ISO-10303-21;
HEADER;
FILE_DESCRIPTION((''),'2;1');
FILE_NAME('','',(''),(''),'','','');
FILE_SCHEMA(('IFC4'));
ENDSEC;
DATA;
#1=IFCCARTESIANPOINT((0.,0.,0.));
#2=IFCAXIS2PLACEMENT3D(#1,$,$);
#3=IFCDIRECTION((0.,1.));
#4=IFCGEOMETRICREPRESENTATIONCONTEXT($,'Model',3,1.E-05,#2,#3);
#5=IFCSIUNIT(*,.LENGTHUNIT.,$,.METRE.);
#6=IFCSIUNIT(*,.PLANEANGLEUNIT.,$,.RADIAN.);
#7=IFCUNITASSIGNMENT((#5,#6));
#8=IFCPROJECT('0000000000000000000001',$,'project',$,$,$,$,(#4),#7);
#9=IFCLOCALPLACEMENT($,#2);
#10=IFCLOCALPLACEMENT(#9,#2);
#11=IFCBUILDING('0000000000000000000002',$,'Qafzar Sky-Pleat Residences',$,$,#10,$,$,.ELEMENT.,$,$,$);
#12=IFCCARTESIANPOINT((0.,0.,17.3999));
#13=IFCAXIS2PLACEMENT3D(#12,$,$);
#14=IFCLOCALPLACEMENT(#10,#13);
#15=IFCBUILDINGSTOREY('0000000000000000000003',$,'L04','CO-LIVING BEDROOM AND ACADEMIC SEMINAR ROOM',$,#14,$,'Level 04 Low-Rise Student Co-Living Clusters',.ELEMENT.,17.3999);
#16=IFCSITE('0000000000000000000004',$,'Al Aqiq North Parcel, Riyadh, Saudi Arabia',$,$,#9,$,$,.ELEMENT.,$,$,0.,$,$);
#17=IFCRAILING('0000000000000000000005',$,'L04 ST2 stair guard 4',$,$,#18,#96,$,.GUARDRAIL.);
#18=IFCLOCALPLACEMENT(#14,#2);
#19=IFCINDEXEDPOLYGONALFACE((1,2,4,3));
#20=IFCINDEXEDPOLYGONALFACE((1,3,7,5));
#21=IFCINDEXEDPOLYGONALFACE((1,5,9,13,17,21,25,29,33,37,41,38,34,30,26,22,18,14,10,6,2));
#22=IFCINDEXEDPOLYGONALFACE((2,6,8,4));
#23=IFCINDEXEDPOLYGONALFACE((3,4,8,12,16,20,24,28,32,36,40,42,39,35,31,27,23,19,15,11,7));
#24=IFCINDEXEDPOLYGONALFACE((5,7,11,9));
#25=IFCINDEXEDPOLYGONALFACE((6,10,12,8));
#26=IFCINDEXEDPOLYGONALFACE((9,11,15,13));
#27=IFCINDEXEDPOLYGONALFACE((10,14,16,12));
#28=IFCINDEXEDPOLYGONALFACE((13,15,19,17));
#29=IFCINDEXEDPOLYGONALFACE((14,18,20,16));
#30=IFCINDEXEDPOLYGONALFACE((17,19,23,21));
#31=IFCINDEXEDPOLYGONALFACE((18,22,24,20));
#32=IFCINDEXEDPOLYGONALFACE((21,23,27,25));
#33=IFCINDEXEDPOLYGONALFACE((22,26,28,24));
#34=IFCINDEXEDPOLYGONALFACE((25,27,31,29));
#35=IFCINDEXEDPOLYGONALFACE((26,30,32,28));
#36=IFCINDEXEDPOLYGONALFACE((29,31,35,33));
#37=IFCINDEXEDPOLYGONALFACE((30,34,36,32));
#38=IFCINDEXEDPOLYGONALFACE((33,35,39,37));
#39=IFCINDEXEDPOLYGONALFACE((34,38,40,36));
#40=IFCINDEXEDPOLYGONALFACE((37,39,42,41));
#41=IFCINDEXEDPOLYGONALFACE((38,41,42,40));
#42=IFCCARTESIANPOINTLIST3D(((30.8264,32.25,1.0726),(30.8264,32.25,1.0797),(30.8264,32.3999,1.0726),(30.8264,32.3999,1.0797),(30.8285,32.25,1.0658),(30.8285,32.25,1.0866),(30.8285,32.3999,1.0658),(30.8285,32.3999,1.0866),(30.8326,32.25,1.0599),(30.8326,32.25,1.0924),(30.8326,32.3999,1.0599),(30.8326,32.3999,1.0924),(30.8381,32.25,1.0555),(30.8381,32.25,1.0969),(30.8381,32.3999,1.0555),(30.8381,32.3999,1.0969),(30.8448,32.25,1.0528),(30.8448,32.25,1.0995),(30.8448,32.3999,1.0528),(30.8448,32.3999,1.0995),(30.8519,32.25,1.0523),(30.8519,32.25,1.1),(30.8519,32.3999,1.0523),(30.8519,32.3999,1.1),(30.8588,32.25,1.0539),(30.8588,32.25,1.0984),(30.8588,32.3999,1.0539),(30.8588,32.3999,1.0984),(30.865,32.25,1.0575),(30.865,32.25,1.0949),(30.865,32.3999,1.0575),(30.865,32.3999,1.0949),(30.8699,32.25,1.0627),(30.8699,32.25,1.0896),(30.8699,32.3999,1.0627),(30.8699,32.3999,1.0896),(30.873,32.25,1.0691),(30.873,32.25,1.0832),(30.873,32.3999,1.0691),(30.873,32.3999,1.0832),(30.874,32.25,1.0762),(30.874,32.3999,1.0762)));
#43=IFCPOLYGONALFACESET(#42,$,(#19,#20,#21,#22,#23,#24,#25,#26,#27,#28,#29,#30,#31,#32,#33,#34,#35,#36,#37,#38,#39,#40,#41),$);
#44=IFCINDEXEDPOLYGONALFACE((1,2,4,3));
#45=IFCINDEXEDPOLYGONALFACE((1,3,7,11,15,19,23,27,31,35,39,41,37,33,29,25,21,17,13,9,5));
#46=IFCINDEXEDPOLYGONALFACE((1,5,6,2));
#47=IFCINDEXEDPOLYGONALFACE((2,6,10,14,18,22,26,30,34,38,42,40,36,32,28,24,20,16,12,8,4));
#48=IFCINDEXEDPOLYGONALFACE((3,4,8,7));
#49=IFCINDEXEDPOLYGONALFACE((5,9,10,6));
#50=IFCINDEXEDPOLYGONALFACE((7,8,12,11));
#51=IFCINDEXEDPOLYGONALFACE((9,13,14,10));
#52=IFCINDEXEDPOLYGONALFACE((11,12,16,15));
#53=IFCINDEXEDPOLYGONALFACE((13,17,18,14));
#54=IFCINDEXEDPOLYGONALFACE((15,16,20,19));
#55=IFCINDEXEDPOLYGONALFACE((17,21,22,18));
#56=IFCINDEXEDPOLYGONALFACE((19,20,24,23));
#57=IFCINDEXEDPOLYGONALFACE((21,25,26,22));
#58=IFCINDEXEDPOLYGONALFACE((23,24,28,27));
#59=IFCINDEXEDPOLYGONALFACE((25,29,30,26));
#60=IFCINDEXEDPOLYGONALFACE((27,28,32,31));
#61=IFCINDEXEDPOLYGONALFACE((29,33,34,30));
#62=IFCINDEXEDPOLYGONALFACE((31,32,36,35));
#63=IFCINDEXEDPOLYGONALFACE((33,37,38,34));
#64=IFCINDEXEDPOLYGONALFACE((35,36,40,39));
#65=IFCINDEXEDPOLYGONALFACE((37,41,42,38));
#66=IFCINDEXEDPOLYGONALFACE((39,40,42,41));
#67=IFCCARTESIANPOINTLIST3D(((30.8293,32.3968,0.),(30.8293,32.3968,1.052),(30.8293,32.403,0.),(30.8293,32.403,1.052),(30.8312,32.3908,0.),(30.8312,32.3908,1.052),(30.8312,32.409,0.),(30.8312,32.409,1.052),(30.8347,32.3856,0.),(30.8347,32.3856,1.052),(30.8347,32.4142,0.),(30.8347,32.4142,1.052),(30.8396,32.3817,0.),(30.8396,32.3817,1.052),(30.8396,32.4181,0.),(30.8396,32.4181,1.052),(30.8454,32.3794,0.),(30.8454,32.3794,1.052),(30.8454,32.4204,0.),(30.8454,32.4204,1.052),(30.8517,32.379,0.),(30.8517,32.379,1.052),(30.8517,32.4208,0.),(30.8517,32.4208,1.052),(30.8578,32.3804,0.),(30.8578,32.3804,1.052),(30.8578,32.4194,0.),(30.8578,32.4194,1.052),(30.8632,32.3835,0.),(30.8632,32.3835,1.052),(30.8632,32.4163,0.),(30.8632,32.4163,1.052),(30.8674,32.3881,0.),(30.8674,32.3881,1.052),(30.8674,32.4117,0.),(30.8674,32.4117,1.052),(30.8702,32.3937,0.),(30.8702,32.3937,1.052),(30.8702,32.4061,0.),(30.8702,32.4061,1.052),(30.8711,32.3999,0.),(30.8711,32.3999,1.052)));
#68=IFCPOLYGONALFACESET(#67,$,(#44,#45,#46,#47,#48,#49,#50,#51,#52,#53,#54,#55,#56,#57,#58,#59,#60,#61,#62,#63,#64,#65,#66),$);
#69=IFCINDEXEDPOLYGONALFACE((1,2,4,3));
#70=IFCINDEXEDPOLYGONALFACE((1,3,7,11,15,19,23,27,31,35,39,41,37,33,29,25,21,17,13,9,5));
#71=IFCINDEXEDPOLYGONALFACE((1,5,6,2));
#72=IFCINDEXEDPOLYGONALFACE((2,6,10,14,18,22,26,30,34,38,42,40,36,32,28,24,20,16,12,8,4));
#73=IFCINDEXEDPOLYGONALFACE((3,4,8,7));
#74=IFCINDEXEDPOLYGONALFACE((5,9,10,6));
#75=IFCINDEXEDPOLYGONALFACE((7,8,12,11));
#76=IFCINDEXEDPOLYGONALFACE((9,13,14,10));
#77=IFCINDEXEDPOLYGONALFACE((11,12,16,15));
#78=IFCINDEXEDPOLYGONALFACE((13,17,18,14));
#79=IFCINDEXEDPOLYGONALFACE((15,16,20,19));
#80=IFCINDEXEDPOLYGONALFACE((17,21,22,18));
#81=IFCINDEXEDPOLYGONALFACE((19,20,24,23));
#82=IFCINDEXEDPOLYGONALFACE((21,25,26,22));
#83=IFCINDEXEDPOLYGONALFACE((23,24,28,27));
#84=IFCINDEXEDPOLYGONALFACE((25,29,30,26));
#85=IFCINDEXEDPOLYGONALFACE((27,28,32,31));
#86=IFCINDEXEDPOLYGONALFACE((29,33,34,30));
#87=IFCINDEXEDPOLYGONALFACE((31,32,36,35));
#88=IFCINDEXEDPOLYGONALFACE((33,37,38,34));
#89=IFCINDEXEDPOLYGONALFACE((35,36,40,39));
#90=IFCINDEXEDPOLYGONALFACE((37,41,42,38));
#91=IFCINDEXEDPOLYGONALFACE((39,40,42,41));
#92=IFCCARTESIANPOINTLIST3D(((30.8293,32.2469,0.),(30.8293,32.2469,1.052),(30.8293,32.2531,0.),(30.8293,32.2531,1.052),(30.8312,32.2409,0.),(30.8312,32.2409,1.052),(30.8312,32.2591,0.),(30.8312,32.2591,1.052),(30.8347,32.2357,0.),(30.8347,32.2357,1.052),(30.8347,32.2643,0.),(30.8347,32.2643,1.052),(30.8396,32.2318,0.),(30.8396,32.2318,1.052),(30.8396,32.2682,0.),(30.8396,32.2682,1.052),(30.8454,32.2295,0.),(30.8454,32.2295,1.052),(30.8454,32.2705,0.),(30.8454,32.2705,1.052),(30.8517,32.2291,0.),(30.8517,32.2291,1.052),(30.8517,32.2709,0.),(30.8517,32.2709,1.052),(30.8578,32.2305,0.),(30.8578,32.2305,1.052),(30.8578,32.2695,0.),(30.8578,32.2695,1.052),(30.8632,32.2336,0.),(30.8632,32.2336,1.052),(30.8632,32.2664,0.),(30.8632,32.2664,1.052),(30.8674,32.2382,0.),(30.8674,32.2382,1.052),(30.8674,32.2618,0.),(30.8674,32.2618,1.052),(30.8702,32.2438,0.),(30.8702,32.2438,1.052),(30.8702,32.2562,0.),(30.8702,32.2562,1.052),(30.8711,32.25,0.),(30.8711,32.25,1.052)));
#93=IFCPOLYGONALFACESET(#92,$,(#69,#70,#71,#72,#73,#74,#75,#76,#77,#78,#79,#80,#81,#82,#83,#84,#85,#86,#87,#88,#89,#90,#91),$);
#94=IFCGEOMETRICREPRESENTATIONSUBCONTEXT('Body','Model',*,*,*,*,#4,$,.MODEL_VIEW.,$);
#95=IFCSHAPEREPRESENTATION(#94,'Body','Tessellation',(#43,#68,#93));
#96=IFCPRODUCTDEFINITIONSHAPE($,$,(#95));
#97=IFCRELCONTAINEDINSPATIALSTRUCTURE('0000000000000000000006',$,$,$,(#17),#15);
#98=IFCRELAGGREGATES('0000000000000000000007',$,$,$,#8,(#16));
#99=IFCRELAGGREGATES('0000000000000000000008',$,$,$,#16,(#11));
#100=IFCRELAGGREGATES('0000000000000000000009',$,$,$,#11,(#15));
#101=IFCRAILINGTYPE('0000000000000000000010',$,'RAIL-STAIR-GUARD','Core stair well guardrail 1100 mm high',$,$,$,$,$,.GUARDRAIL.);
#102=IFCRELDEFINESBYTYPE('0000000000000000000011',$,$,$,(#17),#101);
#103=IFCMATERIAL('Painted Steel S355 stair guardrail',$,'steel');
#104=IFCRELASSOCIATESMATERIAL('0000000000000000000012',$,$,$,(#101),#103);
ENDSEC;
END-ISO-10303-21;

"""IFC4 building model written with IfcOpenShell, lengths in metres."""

from ifc_helpers import new_model, si_unit, direction, frame, origin, origin_2d, place, context, subcontext, project, spatial, circle, extrude, source, transform, mapped, material, type_object, element, save


model = new_model("IFC4")

# Units and contexts
model_context = context("Model", 3, precision=1e-05, world=origin(), true_north=direction((0.0, 1.0)))
body_context = subcontext(model_context, "Body", "Model", "MODEL_VIEW")
ifc_project = project(units=[si_unit("LENGTHUNIT", "METRE"), si_unit("PLANEANGLEUNIT", "RADIAN")], contexts=[model_context])

# Site, building, storey
site_placement = place(None, origin())
site = spatial("IfcSite", under=ifc_project, at=site_placement, Name="Al Aqiq North Parcel, Riyadh, Saudi Arabia", CompositionType="ELEMENT", RefElevation=0.0)
building_placement = place(site_placement, origin())
building = spatial("IfcBuilding", under=site, at=building_placement, Name="Qafzar Sky-Pleat Residences", CompositionType="ELEMENT")
storey_placement = place(building_placement, frame((0.0, 0.0, 17.3999)))
storey = spatial("IfcBuildingStorey", under=building, at=storey_placement, Name="L04", Description="CO-LIVING BEDROOM AND ACADEMIC SEMINAR ROOM", LongName="Level 04 Low-Rise Student Co-Living Clusters", CompositionType="ELEMENT", Elevation=17.3999)

# Railing
ifc_material_1 = material(Name="Painted Steel S355 stair guardrail", Category="steel")
railing_type_1 = type_object("IfcRailingType", Name="RAIL-STAIR-GUARD", Description="Core stair well guardrail 1100 mm high", PredefinedType="GUARDRAIL", material=ifc_material_1)
shared_shape_1 = source(origin(), body_context, "Body", "SweptSolid", [
    extrude(circle(Radius=0.0239, at=origin_2d()), frame((0.0, 0.0, 1.0762), z_axis=(0.0, -1.0, 0.0), x_axis=(1.0, 0.0, 0.0)), (0.0, 0.0, 1.0), 0.1499),
    extrude(circle(Radius=0.021, at=origin_2d()), origin(), (0.0, 0.0, 1.0), 1.052),
    extrude(circle(Radius=0.021, at=origin_2d()), frame((0.0, -0.1499, 0.0)), (0.0, 0.0, 1.0), 1.052),
])
railing_1_placement = place(storey_placement, frame((30.8501, 32.3999, 0.0)))
element("IfcRailing", 1, at=railing_1_placement, inside=storey, type_object=railing_type_1, Name="L04 ST2 stair guard 4", PredefinedType="GUARDRAIL", context=body_context, shape_type="MappedRepresentation", body=[
    mapped(shared_shape_1, transform((0.0, 0.0, 0.0), x_axis=(1.0, 0.0, 0.0), y_axis=(0.0, 1.0, 0.0), z_axis=(0.0, 0.0, 1.0), scale=1.0)),
])

save(model, "model.ifc")
